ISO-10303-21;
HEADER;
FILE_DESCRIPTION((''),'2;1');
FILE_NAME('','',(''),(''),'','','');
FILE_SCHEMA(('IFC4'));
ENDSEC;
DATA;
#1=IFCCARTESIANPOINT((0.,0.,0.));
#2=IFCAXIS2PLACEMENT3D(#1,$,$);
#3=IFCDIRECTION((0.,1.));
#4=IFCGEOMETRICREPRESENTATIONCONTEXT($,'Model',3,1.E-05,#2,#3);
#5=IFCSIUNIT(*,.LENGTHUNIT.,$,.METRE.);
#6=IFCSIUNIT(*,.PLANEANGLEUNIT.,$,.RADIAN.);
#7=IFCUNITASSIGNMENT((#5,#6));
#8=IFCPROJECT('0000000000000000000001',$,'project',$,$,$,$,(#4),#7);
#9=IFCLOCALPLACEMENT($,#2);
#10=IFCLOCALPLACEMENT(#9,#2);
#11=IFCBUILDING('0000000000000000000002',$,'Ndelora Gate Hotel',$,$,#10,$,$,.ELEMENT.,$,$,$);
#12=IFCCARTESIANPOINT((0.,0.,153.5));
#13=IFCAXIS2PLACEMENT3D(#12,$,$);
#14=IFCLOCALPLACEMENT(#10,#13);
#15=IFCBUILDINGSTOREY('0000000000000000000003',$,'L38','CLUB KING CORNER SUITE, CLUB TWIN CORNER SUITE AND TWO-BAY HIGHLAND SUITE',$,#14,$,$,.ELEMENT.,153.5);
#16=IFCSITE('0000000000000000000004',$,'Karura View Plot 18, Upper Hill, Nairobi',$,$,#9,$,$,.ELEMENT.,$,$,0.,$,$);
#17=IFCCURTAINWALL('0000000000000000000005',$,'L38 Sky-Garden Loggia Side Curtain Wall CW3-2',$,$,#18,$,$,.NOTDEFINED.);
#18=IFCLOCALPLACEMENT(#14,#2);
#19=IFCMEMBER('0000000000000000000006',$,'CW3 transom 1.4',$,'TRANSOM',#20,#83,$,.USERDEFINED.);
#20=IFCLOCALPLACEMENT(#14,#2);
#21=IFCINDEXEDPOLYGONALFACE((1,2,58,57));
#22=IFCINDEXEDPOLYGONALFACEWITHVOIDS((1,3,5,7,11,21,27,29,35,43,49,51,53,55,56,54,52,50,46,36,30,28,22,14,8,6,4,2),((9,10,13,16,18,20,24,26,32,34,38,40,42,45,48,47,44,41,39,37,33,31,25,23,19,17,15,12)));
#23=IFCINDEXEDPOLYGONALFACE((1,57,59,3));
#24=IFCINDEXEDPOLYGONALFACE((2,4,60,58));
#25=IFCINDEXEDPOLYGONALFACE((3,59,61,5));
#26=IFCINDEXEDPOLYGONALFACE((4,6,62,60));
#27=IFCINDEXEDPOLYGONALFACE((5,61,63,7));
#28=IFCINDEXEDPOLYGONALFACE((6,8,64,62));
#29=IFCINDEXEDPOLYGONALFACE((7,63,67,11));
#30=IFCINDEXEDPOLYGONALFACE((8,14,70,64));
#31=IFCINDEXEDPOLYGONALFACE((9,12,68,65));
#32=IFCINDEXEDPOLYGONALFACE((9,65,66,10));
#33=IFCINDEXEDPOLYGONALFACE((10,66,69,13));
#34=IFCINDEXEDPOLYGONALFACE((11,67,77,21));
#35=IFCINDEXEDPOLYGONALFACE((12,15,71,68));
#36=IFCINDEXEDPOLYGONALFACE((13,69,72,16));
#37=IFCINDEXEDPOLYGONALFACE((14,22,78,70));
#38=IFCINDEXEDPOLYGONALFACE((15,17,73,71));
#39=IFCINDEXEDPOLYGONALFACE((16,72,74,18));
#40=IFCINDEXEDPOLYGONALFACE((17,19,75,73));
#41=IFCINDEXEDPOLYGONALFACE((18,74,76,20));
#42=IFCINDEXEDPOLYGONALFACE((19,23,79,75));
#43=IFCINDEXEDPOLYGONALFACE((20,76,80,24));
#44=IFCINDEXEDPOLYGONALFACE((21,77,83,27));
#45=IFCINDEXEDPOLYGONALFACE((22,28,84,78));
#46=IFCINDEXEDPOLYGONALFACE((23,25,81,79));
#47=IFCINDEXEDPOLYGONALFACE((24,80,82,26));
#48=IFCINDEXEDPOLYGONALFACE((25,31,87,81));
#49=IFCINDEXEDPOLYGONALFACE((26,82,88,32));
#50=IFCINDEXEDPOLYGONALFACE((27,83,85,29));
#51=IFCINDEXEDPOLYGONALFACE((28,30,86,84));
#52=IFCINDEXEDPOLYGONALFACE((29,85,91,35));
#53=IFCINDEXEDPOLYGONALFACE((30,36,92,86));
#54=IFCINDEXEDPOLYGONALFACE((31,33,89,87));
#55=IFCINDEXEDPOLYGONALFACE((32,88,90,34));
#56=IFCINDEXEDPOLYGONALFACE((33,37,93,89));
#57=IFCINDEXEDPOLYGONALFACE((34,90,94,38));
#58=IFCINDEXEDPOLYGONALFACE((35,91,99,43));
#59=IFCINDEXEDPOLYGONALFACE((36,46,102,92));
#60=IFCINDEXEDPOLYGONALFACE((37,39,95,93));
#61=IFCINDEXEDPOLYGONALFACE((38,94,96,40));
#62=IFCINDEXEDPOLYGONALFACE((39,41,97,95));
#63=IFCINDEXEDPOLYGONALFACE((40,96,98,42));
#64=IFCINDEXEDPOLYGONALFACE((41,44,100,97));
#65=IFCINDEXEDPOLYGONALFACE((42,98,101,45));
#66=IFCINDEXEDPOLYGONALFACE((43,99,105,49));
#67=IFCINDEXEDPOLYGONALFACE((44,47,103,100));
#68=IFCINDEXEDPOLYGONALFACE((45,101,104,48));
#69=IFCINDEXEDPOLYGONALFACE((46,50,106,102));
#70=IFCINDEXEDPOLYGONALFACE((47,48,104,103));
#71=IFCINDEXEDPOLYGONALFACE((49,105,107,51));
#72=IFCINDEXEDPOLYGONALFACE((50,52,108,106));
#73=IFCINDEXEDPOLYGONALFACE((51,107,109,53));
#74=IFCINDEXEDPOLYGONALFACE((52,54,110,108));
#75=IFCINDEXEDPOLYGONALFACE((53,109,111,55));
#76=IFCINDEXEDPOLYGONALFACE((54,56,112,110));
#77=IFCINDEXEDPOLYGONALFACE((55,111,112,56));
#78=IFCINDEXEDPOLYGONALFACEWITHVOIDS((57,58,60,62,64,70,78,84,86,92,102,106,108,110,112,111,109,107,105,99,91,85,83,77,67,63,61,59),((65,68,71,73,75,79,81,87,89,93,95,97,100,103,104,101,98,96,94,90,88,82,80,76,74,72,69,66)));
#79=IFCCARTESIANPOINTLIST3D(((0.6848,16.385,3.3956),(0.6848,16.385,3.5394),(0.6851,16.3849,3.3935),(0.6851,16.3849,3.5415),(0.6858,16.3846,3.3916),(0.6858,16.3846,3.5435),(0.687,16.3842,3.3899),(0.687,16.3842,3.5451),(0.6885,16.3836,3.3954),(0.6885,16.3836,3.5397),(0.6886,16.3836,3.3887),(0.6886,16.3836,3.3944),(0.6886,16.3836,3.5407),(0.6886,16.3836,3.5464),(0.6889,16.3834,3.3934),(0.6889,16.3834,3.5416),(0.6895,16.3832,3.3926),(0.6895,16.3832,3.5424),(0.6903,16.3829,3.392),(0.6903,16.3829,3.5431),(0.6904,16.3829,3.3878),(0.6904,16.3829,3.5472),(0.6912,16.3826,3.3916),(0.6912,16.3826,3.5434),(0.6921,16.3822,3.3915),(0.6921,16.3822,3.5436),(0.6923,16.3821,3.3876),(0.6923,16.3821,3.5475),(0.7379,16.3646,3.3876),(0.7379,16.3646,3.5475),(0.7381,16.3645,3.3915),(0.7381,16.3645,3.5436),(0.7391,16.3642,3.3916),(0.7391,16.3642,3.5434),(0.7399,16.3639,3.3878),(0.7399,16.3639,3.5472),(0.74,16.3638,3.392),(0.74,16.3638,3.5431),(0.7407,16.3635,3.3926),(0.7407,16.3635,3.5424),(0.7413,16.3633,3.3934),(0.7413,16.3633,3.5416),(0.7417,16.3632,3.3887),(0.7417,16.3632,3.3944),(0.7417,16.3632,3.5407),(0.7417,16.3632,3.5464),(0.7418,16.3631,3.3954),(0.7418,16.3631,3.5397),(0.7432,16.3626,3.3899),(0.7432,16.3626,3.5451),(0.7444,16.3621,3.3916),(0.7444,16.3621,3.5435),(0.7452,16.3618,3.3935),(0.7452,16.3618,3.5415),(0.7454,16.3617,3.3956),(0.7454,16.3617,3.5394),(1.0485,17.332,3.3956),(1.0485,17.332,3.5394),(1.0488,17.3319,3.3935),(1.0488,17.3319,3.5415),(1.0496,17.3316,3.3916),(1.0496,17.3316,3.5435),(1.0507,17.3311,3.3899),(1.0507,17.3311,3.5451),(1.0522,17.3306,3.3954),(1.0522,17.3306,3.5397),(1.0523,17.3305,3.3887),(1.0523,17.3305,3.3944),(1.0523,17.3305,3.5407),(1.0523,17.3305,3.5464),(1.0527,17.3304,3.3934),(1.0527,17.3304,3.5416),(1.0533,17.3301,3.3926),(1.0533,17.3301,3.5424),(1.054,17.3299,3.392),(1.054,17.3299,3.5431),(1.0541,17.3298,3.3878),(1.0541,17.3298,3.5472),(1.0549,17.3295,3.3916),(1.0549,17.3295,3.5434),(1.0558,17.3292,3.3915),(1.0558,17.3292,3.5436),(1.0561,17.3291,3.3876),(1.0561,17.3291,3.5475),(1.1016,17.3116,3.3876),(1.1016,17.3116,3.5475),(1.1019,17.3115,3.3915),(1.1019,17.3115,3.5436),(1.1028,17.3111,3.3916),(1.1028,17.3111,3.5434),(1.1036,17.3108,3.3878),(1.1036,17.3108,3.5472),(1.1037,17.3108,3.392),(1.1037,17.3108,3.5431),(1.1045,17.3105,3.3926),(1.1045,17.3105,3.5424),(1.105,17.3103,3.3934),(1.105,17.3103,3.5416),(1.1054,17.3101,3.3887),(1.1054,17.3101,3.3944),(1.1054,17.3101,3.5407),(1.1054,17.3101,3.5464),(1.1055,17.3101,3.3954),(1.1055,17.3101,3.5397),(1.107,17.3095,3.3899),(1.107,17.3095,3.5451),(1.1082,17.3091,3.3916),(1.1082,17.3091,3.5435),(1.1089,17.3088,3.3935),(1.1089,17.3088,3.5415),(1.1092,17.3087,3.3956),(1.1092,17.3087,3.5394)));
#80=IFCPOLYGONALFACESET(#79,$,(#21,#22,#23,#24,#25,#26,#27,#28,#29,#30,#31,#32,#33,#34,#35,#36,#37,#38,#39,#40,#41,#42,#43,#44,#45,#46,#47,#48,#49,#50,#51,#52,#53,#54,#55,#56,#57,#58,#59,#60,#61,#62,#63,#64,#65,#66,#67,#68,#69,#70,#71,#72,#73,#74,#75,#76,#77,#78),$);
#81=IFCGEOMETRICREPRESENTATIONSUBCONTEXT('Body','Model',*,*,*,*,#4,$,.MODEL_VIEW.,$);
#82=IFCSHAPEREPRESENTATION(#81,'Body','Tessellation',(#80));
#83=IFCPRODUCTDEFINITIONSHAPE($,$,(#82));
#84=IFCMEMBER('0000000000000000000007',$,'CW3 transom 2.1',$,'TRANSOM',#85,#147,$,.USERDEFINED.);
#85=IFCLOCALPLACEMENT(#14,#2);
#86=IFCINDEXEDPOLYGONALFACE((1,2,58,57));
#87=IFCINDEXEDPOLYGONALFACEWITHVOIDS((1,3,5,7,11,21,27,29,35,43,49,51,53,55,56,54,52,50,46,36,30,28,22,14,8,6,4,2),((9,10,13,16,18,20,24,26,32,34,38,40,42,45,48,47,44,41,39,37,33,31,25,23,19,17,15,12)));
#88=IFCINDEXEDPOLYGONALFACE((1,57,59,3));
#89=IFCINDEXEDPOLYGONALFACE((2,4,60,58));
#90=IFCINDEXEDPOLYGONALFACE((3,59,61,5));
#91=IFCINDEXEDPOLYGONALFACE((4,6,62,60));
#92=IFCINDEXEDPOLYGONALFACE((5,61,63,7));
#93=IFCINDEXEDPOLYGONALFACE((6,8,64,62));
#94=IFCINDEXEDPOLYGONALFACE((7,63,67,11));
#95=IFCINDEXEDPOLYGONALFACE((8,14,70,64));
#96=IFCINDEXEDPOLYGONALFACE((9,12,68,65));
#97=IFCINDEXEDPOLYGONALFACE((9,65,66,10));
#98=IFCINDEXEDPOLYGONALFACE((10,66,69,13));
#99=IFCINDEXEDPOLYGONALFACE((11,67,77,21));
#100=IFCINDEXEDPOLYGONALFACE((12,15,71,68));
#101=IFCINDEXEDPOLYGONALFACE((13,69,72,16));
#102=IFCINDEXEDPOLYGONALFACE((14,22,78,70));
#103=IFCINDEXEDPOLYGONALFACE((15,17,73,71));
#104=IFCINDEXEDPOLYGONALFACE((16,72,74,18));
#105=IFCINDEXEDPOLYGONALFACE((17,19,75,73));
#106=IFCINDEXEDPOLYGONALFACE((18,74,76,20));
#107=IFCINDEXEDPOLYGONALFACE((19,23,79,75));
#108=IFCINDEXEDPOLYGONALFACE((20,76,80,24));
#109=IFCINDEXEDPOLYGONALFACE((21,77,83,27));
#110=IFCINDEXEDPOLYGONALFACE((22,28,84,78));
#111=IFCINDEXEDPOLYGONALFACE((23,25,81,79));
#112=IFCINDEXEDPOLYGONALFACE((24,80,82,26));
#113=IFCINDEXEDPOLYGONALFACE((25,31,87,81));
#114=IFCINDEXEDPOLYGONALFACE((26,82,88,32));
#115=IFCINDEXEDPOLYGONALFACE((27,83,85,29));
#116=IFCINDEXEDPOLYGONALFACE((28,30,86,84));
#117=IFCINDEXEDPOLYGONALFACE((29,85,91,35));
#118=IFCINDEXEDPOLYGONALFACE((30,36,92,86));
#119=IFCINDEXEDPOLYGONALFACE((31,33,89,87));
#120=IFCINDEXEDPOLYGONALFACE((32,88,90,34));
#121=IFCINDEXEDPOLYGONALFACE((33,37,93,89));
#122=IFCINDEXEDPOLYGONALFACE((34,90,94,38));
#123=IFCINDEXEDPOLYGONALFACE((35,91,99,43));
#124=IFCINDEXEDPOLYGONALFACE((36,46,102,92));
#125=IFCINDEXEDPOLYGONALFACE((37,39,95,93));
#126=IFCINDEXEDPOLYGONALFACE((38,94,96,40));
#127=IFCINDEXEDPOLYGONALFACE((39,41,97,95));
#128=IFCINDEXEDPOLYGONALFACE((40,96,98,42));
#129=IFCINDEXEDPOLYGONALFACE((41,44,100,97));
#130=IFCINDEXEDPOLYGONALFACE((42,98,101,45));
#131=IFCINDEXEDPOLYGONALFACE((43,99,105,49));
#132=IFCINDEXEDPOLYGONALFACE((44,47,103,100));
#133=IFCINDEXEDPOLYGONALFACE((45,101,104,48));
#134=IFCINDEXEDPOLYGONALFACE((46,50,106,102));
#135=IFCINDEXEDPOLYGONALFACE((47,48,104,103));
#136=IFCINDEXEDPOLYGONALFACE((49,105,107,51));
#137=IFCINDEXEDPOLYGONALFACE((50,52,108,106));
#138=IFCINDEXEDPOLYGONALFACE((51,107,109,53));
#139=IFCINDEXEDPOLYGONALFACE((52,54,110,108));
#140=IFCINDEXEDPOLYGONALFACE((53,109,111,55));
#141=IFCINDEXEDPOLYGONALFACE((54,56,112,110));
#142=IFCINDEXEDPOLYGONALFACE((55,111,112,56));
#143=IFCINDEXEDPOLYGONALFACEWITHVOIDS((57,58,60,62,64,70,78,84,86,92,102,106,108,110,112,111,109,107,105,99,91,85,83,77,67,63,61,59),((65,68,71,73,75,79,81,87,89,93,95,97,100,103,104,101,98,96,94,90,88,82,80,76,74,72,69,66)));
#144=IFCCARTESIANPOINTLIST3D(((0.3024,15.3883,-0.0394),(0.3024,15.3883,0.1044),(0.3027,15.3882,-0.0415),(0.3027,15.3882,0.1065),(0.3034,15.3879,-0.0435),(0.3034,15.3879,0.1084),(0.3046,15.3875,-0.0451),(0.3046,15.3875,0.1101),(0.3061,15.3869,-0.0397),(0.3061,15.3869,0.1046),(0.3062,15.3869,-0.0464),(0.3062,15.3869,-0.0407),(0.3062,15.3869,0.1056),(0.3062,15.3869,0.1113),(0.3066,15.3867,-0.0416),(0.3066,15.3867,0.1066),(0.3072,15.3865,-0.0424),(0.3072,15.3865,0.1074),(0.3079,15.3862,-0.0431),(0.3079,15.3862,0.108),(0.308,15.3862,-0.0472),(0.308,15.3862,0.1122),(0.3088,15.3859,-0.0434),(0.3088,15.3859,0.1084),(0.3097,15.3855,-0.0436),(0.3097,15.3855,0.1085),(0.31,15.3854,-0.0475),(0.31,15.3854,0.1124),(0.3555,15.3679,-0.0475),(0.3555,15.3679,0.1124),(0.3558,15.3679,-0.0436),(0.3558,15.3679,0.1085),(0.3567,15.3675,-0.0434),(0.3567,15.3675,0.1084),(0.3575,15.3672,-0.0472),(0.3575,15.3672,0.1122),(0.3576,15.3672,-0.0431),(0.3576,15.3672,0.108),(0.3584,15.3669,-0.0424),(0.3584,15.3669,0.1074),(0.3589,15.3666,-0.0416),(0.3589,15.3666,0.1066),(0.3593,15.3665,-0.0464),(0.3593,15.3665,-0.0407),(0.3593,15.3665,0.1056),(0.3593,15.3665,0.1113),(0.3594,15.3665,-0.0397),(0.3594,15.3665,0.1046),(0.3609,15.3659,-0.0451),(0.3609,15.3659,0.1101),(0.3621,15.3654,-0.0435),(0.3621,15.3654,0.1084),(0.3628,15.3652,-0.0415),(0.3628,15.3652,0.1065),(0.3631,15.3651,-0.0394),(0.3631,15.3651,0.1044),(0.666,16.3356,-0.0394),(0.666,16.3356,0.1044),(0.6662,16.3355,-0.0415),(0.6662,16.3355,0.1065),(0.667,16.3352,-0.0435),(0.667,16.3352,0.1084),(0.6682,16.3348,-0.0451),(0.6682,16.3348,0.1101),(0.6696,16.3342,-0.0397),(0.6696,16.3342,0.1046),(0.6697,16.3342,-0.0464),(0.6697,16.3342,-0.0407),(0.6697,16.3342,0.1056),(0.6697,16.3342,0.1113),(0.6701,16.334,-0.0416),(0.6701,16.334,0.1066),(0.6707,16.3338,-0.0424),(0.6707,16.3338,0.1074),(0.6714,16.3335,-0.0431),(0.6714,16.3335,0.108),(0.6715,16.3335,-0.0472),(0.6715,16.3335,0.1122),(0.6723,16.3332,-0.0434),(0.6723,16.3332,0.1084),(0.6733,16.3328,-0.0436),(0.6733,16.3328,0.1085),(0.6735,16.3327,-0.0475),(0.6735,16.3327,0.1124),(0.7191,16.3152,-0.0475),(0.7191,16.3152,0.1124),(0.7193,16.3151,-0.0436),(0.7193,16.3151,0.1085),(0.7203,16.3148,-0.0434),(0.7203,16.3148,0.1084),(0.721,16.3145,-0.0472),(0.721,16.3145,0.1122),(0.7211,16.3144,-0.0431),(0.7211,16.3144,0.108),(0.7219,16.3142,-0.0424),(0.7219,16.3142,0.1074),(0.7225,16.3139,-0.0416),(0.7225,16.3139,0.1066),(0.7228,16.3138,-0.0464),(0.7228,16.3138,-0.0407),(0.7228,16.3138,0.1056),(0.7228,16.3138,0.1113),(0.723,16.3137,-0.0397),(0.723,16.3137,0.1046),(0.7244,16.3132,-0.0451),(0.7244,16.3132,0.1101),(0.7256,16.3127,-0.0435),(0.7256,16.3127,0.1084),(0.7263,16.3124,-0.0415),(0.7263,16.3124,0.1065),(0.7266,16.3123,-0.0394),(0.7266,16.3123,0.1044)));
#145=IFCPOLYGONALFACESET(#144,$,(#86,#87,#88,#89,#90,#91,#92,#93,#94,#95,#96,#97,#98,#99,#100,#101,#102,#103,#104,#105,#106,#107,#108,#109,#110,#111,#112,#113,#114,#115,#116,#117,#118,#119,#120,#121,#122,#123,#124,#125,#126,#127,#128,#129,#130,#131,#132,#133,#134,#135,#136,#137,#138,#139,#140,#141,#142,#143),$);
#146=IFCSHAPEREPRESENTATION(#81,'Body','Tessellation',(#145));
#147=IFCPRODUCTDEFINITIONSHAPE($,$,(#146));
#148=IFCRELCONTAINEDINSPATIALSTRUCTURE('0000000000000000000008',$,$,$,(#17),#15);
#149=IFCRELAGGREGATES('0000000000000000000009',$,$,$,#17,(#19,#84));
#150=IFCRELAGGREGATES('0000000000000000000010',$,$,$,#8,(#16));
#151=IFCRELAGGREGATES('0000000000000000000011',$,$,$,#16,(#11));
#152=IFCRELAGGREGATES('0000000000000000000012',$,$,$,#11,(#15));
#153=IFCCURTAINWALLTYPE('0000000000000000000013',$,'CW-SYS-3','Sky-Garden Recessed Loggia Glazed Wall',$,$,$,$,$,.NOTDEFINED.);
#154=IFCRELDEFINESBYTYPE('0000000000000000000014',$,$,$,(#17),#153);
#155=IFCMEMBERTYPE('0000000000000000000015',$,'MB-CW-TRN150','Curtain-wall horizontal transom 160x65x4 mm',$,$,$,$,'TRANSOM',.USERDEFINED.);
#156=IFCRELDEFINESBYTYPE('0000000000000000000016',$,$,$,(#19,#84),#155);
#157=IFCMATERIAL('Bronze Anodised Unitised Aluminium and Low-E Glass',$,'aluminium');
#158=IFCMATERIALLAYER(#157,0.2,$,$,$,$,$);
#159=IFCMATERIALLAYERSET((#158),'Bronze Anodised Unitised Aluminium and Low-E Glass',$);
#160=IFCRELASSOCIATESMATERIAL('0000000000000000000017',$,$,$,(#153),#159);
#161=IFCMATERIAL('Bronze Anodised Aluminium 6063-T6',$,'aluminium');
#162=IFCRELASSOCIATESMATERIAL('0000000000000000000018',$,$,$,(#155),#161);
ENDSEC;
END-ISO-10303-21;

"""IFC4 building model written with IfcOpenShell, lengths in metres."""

from ifc_helpers import new_model, si_unit, direction, frame, origin, origin_2d, place, context, subcontext, project, spatial, hollow_rectangle, extrude, material, layer, layer_set, material_profile, profile_set, type_object, element, aggregate, save


model = new_model("IFC4")

# Units and contexts
model_context = context("Model", 3, precision=1e-05, world=origin(), true_north=direction((0.0, 1.0)))
body_context = subcontext(model_context, "Body", "Model", "MODEL_VIEW")
ifc_project = project(units=[si_unit("LENGTHUNIT", "METRE"), si_unit("PLANEANGLEUNIT", "RADIAN")], contexts=[model_context])

# Site, building, storey
site_placement = place(None, origin())
site = spatial("IfcSite", under=ifc_project, at=site_placement, Name="Karura View Plot 18, Upper Hill, Nairobi", CompositionType="ELEMENT", RefElevation=0.0)
building_placement = place(site_placement, origin())
building = spatial("IfcBuilding", under=site, at=building_placement, Name="Ndelora Gate Hotel", CompositionType="ELEMENT")
storey_placement = place(building_placement, frame((0.0, 0.0, 153.5)))
storey = spatial("IfcBuildingStorey", under=building, at=storey_placement, Name="L38", Description="CLUB KING CORNER SUITE, CLUB TWIN CORNER SUITE AND TWO-BAY HIGHLAND SUITE", CompositionType="ELEMENT", Elevation=153.5)

# Curtain wall, members
ifc_material_1 = material(Name="Bronze Anodised Unitised Aluminium and Low-E Glass", Category="aluminium")
ifc_layer_1 = layer(ifc_material_1, 0.2)
ifc_layer_set_1 = layer_set([ifc_layer_1], Name="Bronze Anodised Unitised Aluminium and Low-E Glass")
curtain_wall_type = type_object("IfcCurtainWallType", Name="CW-SYS-3", Description="Sky-Garden Recessed Loggia Glazed Wall", PredefinedType="NOTDEFINED", material=ifc_layer_set_1)
curtain_wall_placement = place(storey_placement, origin())
curtain_wall = element("IfcCurtainWall", 1, at=curtain_wall_placement, inside=storey, type_object=curtain_wall_type, Name="L38 Sky-Garden Loggia Side Curtain Wall CW3-2", PredefinedType="NOTDEFINED")
ifc_material_2 = material(Name="Bronze Anodised Aluminium 6063-T6", Category="aluminium")
ifc_material_profile_1 = material_profile(ifc_material_2, hollow_rectangle(XDim=0.0649, YDim=0.1599, WallThickness=0.0039, InnerFilletRadius=0.0039, OuterFilletRadius=0.0081, at=origin_2d()), Name="ALU 160x65x4")
ifc_profile_set_1 = profile_set([ifc_material_profile_1], Name="Bronze Anodised Aluminium 6063-T6")
member_type_1 = type_object("IfcMemberType", Name="MB-CW-TRN150", Description="Curtain-wall horizontal transom 160x65x4 mm", ElementType="TRANSOM", PredefinedType="USERDEFINED", material=ifc_profile_set_1)
member_1_placement = place(storey_placement, frame((1.0789, 17.3203, 3.4675), z_axis=(-0.358576, -0.933501, 0.0), x_axis=(0.933501, -0.358576, 0.0)))
member_1 = element("IfcMember", 2, at=member_1_placement, type_object=member_type_1, Name="CW3 transom 1.4", ObjectType="TRANSOM", PredefinedType="USERDEFINED", context=body_context, shape_type="SweptSolid", body=[
    extrude(hollow_rectangle(XDim=0.0649, YDim=0.1599, WallThickness=0.0039, InnerFilletRadius=0.0039, OuterFilletRadius=0.0081, at=origin_2d()), origin(), (0.0, 0.0, 1.0), 1.0144),
])
member_2_placement = place(storey_placement, frame((0.6963, 16.324, 0.0325), z_axis=(-0.358286, -0.933612, 0.0), x_axis=(0.933612, -0.358286, 0.0)))
member_2 = element("IfcMember", 3, at=member_2_placement, type_object=member_type_1, Name="CW3 transom 2.1", ObjectType="TRANSOM", PredefinedType="USERDEFINED", context=body_context, shape_type="SweptSolid", body=[
    extrude(hollow_rectangle(XDim=0.0649, YDim=0.1599, WallThickness=0.0039, InnerFilletRadius=0.0039, OuterFilletRadius=0.0081, at=origin_2d()), origin(), (0.0, 0.0, 1.0), 1.0146),
])
aggregate(curtain_wall, [member_1, member_2])

save(model, "model.ifc")
